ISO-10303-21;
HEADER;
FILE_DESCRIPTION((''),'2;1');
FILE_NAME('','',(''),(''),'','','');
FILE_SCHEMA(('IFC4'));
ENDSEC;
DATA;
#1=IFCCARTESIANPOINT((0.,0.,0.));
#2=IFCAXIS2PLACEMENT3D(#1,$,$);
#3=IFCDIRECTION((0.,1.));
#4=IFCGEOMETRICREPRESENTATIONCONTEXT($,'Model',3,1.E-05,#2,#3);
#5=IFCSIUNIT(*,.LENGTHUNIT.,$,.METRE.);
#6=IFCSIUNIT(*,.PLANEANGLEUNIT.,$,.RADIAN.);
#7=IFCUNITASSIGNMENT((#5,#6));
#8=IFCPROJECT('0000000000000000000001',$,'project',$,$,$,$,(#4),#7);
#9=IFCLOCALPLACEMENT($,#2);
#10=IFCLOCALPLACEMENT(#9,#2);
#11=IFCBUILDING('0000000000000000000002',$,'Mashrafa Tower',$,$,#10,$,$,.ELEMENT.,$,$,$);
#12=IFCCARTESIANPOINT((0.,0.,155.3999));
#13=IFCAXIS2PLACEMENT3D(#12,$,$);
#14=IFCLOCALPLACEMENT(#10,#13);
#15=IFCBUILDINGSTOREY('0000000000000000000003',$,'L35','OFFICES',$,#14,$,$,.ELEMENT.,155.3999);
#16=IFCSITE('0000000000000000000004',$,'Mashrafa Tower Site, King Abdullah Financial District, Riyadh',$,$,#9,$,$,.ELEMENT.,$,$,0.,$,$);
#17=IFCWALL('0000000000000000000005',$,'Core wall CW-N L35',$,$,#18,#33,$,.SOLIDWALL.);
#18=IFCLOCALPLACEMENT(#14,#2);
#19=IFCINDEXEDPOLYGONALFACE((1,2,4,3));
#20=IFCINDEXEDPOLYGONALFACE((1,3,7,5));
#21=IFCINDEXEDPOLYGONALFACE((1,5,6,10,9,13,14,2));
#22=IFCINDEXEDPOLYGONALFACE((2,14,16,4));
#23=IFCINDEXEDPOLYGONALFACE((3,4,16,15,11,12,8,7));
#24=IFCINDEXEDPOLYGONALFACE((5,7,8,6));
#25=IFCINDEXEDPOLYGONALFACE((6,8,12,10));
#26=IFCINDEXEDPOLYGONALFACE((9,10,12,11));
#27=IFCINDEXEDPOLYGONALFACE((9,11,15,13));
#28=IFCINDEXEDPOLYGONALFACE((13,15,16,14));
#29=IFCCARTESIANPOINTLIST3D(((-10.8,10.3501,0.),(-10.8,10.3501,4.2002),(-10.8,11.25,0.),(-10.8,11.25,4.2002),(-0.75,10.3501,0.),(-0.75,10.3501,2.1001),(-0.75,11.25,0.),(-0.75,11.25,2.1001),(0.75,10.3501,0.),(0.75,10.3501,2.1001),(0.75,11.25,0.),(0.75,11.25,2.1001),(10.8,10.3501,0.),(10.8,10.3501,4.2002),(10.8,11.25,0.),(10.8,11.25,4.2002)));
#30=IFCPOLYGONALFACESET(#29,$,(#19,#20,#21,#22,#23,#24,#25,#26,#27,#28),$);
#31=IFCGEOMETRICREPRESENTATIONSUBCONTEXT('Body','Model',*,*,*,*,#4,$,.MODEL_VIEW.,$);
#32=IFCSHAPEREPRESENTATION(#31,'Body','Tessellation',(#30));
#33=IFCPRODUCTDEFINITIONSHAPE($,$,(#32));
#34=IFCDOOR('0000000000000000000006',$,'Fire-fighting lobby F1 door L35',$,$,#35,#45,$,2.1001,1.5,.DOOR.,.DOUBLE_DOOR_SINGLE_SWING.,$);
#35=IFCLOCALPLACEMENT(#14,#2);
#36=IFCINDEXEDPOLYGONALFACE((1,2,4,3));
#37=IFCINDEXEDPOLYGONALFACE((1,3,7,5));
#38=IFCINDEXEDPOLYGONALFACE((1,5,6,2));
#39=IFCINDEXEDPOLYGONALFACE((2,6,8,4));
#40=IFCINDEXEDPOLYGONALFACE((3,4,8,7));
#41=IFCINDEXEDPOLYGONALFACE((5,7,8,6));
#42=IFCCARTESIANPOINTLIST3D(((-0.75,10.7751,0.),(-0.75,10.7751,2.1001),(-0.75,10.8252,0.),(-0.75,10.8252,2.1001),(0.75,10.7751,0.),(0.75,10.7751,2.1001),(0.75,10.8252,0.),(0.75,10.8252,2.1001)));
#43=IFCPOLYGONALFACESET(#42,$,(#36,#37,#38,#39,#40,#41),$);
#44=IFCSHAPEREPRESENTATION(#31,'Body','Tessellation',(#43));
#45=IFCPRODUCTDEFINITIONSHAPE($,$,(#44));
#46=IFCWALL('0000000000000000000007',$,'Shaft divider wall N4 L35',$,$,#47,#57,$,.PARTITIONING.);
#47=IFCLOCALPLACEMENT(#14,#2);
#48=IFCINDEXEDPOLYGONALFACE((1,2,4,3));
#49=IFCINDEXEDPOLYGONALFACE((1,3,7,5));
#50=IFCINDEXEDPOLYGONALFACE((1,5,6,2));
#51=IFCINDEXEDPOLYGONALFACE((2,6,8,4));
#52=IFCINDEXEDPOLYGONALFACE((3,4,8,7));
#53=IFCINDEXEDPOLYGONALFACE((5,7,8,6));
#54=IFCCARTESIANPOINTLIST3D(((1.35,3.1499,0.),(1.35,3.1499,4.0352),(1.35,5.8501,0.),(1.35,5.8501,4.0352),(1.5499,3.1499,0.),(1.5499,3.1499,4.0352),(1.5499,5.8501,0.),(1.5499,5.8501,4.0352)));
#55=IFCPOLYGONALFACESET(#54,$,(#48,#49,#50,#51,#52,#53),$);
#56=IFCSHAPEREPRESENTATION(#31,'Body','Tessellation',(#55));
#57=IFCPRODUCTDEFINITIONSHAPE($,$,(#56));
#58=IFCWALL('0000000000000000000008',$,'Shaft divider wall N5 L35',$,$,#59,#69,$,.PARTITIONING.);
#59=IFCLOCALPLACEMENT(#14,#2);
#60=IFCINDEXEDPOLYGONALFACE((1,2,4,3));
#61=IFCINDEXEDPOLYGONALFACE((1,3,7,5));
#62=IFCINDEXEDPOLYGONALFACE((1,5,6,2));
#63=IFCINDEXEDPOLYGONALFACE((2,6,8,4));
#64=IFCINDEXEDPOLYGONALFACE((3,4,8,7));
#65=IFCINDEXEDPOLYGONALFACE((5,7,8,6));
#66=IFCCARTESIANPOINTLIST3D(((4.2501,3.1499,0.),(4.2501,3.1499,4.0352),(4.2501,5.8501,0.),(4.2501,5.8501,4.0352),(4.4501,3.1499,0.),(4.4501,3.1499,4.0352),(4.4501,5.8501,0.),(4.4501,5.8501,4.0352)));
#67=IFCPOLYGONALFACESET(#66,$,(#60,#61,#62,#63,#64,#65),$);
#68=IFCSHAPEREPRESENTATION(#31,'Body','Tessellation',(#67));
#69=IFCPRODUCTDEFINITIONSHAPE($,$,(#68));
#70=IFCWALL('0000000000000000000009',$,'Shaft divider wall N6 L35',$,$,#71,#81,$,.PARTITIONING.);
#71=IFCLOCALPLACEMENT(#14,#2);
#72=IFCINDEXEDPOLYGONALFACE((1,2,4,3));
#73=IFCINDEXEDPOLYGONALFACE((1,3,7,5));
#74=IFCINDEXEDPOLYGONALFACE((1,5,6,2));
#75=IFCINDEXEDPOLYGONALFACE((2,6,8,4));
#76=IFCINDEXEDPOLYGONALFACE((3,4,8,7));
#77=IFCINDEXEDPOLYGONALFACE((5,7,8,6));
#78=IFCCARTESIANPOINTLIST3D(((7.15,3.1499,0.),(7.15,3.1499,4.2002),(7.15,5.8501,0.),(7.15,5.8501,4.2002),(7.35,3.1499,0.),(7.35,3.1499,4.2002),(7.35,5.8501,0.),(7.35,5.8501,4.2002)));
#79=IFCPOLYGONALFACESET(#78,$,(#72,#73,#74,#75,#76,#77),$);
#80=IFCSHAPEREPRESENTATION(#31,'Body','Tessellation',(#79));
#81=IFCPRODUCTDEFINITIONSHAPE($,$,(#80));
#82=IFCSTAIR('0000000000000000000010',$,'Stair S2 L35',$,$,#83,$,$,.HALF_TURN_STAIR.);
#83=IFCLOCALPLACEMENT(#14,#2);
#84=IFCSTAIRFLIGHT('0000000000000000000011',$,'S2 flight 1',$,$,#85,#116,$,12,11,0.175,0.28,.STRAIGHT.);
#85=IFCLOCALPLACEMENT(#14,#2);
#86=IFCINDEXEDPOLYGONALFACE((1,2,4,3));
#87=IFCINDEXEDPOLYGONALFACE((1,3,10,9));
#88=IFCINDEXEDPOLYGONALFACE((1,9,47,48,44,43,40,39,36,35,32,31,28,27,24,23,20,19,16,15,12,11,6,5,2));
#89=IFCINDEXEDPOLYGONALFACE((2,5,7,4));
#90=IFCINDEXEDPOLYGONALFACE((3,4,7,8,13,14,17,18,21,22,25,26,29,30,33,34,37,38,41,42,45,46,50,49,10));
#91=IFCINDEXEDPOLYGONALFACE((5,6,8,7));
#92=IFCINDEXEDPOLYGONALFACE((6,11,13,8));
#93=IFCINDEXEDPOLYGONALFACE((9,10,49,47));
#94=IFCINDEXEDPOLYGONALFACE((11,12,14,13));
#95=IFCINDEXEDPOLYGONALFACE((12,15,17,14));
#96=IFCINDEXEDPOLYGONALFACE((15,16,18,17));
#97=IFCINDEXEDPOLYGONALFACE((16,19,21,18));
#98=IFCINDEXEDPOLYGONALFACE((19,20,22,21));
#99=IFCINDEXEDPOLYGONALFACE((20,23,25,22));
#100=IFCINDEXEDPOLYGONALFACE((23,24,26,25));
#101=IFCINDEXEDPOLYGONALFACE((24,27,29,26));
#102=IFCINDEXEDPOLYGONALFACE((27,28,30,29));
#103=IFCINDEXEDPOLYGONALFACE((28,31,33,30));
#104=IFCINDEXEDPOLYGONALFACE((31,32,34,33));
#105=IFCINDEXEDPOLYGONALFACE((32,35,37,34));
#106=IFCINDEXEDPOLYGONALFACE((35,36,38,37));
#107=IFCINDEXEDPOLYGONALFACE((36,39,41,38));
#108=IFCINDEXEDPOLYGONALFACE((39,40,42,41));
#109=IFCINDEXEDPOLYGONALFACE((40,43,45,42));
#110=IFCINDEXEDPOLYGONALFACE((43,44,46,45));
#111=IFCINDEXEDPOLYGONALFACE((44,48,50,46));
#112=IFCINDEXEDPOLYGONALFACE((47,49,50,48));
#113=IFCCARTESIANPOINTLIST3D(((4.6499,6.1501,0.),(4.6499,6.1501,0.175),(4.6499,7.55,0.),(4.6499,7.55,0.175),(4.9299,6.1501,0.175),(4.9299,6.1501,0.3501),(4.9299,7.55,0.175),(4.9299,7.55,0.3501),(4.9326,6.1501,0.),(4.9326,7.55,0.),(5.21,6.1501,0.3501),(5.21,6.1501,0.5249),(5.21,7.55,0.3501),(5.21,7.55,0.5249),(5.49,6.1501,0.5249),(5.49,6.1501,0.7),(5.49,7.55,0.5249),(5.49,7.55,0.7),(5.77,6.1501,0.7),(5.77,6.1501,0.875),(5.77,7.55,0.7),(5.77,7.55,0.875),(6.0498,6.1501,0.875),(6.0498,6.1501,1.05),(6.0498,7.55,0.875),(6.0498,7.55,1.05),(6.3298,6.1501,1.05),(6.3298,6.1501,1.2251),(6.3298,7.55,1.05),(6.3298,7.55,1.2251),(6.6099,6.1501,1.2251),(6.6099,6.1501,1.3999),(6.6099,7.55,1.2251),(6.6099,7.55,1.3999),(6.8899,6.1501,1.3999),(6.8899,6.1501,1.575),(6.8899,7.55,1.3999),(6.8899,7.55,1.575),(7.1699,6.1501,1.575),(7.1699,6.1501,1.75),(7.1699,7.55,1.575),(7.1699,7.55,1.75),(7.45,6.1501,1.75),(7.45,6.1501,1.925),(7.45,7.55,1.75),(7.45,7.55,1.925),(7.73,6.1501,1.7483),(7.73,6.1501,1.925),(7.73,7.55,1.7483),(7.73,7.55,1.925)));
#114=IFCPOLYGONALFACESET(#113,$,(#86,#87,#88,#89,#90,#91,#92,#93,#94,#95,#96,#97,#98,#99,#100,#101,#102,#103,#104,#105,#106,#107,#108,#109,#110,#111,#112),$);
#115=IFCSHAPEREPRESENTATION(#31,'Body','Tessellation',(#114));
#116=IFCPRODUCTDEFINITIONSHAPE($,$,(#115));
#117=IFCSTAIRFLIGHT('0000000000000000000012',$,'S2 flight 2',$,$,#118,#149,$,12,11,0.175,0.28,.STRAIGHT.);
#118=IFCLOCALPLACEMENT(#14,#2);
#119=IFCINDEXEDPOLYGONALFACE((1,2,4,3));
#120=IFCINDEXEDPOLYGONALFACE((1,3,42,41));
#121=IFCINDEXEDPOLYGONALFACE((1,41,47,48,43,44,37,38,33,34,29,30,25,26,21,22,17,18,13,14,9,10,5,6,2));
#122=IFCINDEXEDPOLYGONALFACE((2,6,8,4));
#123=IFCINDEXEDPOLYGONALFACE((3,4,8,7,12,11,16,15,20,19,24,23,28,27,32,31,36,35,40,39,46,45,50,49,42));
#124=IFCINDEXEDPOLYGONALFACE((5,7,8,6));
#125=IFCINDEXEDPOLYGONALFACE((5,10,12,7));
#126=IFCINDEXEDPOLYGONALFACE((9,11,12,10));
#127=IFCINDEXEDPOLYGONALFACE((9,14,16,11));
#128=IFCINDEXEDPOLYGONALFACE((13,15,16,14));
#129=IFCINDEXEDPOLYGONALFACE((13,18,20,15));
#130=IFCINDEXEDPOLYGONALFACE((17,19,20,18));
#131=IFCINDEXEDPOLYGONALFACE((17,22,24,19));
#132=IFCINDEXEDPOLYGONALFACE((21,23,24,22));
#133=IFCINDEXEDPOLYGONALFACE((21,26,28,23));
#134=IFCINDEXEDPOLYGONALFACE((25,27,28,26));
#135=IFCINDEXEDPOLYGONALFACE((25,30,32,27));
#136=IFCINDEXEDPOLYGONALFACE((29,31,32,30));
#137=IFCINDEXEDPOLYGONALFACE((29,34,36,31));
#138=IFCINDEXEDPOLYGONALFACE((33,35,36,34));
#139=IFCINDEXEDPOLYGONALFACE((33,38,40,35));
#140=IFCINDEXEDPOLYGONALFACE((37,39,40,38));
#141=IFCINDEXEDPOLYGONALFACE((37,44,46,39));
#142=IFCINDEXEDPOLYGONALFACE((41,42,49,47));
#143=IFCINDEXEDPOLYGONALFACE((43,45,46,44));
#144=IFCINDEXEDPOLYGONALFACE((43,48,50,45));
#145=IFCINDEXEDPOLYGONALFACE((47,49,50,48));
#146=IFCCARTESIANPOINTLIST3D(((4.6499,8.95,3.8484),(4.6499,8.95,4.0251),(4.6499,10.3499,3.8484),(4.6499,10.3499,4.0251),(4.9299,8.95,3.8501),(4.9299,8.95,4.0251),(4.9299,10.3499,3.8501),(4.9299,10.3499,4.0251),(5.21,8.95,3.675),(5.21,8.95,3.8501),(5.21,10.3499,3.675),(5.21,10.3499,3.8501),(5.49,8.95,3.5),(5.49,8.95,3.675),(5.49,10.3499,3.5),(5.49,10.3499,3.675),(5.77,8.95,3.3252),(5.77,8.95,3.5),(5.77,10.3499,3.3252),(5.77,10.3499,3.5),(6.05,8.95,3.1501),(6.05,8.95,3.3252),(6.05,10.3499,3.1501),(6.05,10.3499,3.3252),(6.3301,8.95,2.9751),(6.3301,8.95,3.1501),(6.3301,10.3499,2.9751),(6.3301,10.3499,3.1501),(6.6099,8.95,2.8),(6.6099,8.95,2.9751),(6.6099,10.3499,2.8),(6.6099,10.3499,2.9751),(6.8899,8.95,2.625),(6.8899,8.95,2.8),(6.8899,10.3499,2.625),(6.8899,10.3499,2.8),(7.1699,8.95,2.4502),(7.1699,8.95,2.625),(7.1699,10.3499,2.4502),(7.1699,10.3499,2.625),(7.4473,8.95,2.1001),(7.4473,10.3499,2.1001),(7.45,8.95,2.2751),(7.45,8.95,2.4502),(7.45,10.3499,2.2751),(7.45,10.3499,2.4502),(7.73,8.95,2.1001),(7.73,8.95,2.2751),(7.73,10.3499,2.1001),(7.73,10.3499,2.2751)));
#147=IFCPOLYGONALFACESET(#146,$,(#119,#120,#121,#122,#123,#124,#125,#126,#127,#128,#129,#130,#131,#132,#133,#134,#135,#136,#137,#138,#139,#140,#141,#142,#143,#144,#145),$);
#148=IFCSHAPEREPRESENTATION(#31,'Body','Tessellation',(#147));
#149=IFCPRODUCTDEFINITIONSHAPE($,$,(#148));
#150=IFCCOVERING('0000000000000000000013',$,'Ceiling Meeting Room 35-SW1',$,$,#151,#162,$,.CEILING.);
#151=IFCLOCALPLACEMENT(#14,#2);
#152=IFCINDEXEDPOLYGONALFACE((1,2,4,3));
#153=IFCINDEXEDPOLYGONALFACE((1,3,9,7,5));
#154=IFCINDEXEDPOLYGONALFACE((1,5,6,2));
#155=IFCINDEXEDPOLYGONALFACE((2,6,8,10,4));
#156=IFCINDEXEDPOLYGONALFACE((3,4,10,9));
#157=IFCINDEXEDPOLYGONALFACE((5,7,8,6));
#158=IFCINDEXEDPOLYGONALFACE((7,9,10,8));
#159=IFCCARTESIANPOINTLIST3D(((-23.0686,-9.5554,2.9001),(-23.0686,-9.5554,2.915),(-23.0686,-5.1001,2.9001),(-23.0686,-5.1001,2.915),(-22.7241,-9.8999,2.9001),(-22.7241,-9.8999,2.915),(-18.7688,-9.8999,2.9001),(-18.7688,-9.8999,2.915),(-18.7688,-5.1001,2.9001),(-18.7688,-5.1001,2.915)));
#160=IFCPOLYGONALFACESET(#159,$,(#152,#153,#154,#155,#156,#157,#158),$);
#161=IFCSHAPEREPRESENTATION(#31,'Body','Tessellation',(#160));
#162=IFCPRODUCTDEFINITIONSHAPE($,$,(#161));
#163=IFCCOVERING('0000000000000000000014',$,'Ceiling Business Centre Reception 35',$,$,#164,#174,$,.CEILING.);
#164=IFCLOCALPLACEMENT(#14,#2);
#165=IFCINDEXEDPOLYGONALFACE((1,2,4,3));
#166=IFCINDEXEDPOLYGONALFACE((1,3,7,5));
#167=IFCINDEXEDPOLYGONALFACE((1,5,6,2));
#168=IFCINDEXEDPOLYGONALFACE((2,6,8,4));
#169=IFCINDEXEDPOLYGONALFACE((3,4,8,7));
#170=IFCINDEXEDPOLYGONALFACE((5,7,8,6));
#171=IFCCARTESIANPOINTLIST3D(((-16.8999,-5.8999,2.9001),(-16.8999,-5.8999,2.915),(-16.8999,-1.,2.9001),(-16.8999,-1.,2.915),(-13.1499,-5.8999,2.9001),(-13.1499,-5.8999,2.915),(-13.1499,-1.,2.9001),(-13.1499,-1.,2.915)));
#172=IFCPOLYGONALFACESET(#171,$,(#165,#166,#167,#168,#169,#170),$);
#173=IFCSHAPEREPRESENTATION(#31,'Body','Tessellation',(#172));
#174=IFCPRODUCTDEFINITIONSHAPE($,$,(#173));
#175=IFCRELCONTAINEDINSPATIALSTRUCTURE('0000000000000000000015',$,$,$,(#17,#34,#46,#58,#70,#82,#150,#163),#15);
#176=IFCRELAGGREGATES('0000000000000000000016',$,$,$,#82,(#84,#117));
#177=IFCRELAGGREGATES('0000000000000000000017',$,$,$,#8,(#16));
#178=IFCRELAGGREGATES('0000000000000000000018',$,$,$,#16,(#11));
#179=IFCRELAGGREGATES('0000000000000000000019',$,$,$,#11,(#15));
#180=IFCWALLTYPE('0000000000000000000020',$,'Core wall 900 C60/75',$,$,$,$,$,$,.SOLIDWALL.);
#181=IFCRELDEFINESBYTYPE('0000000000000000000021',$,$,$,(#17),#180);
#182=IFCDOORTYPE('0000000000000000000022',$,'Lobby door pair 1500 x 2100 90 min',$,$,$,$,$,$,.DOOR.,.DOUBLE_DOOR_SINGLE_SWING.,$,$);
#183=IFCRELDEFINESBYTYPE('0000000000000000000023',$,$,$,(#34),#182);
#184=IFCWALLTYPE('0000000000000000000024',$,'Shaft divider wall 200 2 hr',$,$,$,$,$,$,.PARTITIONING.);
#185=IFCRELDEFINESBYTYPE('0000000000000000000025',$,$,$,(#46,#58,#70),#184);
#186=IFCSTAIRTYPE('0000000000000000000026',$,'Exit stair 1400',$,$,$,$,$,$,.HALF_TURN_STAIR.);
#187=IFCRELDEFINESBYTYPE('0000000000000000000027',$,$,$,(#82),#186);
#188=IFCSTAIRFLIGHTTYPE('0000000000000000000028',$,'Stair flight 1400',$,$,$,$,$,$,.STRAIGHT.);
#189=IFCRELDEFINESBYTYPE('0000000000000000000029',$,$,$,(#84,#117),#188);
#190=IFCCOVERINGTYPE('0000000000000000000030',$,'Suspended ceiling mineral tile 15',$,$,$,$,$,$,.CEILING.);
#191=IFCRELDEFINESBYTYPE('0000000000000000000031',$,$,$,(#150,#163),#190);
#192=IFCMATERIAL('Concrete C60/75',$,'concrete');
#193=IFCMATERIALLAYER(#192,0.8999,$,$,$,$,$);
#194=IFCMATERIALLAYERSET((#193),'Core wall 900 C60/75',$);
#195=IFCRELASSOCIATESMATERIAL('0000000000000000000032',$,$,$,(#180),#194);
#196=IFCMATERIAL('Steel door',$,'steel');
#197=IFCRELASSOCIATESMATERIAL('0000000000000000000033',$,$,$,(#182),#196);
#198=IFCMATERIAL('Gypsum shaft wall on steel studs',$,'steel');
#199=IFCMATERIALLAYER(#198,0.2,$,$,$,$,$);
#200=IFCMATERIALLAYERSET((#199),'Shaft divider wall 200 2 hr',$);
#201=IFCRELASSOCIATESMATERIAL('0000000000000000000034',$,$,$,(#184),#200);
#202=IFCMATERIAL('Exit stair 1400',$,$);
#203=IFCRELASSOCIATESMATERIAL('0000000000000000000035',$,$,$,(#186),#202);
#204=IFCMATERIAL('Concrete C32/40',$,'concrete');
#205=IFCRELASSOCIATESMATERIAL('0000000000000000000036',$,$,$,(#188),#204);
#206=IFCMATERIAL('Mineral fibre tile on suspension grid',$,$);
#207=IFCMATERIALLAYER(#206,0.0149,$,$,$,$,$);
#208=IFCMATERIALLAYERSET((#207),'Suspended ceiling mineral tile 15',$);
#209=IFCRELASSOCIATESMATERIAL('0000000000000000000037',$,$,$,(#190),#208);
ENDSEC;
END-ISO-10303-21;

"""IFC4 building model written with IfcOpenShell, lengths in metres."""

from ifc_helpers import new_model, si_unit, direction, frame, frame_2d, origin, place, context, subcontext, project, spatial, polyline, rectangle, outline, extrude, material, layer, layer_set, type_object, element, fill, aggregate, save


model = new_model("IFC4")

# Units and contexts
model_context = context("Model", 3, precision=1e-05, world=origin(), true_north=direction((0.0, 1.0)))
body_context = subcontext(model_context, "Body", "Model", "MODEL_VIEW")
ifc_project = project(units=[si_unit("LENGTHUNIT", "METRE"), si_unit("PLANEANGLEUNIT", "RADIAN")], contexts=[model_context])

# Site, building, storey
site_placement = place(None, origin())
site = spatial("IfcSite", under=ifc_project, at=site_placement, Name="Mashrafa Tower Site, King Abdullah Financial District, Riyadh", CompositionType="ELEMENT", RefElevation=0.0)
building_placement = place(site_placement, origin())
building = spatial("IfcBuilding", under=site, at=building_placement, Name="Mashrafa Tower", CompositionType="ELEMENT")
storey_placement = place(building_placement, frame((0.0, 0.0, 155.3999)))
storey = spatial("IfcBuildingStorey", under=building, at=storey_placement, Name="L35", Description="OFFICES", CompositionType="ELEMENT", Elevation=155.3999)

# Wall, opening, door
ifc_material_1 = material(Name="Concrete C60/75", Category="concrete")
ifc_layer_1 = layer(ifc_material_1, 0.8999)
ifc_layer_set_1 = layer_set([ifc_layer_1], Name="Core wall 900 C60/75")
wall_type_1 = type_object("IfcWallType", Name="Core wall 900 C60/75", PredefinedType="SOLIDWALL", material=ifc_layer_set_1)
wall_1_placement = place(storey_placement, frame((10.8, 10.8, 0.0), z_axis=(0.0, 0.0, 1.0), x_axis=(-1.0, 0.0, 0.0)))
wall_1 = element("IfcWall", 1, at=wall_1_placement, inside=storey, type_object=wall_type_1, Name="Core wall CW-N L35", PredefinedType="SOLIDWALL", context=body_context, shape_type="SweptSolid", body=[
    extrude(rectangle(XDim=21.6001, YDim=0.8999, at=frame_2d((10.8, 0.0))), origin(), (0.0, 0.0, 1.0), 4.2002),
])
opening_1_placement = place(wall_1_placement, frame((10.05, 0.0, 0.0)))
opening_1 = element("IfcOpeningElement", 2, at=opening_1_placement, cuts=wall_1, PredefinedType="OPENING", context=body_context, shape_type="SweptSolid", body=[
    extrude(rectangle(XDim=1.5, YDim=2.1001, at=frame_2d((0.75, 1.05))), frame((0.0, 0.46, 0.0), z_axis=(0.0, -1.0, 0.0), x_axis=(1.0, 0.0, 0.0)), (0.0, 0.0, 1.0), 0.9199),
])
ifc_material_2 = material(Name="Steel door", Category="steel")
door_type_1 = type_object("IfcDoorType", Name="Lobby door pair 1500 x 2100 90 min", OperationType="DOUBLE_DOOR_SINGLE_SWING", PredefinedType="DOOR", material=ifc_material_2)
door_1_placement = place(opening_1_placement, origin())
door_1 = element("IfcDoor", 3, at=door_1_placement, inside=storey, type_object=door_type_1, Name="Fire-fighting lobby F1 door L35", OperationType="DOUBLE_DOOR_SINGLE_SWING", OverallHeight=2.1001, OverallWidth=1.5, PredefinedType="DOOR", context=body_context, shape_type="SweptSolid", body=[
    extrude(rectangle(XDim=1.5, YDim=2.1001, at=frame_2d((0.75, 1.05))), frame((0.0, 0.0249, 0.0), z_axis=(0.0, -1.0, 0.0), x_axis=(1.0, 0.0, 0.0)), (0.0, 0.0, 1.0), 0.05),
])
fill(opening_1, door_1)

# Walls
ifc_material_3 = material(Name="Gypsum shaft wall on steel studs", Category="steel")
ifc_layer_2 = layer(ifc_material_3, 0.2)
ifc_layer_set_2 = layer_set([ifc_layer_2], Name="Shaft divider wall 200 2 hr")
wall_type_2 = type_object("IfcWallType", Name="Shaft divider wall 200 2 hr", PredefinedType="PARTITIONING", material=ifc_layer_set_2)
for number, where, z_axis, x_axis, name in (
    (4, (1.45, 3.1499, 0.0), (0.0, 0.0, 1.0), (0.0, 1.0, 0.0), "Shaft divider wall N4 L35"),
    (5, (4.3501, 3.1499, 0.0), (0.0, 0.0, 1.0), (0.0, 1.0, 0.0), "Shaft divider wall N5 L35"),
):
    element("IfcWall", number, at=place(storey_placement, frame(where, z_axis=z_axis, x_axis=x_axis)), inside=storey, type_object=wall_type_2, Name=name, PredefinedType="PARTITIONING", context=body_context, shape_type="SweptSolid", body=[
        extrude(rectangle(XDim=2.7002, YDim=0.2, at=frame_2d((1.3501, 0.0))), origin(), (0.0, 0.0, 1.0), 4.0352),
    ])
wall_2_placement = place(storey_placement, frame((7.25, 3.1499, 0.0), z_axis=(0.0, 0.0, 1.0), x_axis=(0.0, 1.0, 0.0)))
element("IfcWall", 6, at=wall_2_placement, inside=storey, type_object=wall_type_2, Name="Shaft divider wall N6 L35", PredefinedType="PARTITIONING", context=body_context, shape_type="SweptSolid", body=[
    extrude(rectangle(XDim=2.7002, YDim=0.2, at=frame_2d((1.3501, 0.0))), origin(), (0.0, 0.0, 1.0), 4.2002),
])

# Stair, stair flights
ifc_material_4 = material(Name="Exit stair 1400")
stair_type = type_object("IfcStairType", Name="Exit stair 1400", PredefinedType="HALF_TURN_STAIR", material=ifc_material_4)
stair_placement = place(storey_placement, origin())
stair = element("IfcStair", 7, at=stair_placement, inside=storey, type_object=stair_type, Name="Stair S2 L35", PredefinedType="HALF_TURN_STAIR")
ifc_material_5 = material(Name="Concrete C32/40", Category="concrete")
stair_flight_type = type_object("IfcStairFlightType", Name="Stair flight 1400", PredefinedType="STRAIGHT", material=ifc_material_5)
stair_flight_1_placement = place(storey_placement, frame((4.6499, 6.8501, 0.0), z_axis=(0.0, 0.0, 1.0), x_axis=(1.0, 0.0, 0.0)))
stair_flight_1 = element("IfcStairFlight", 8, at=stair_flight_1_placement, type_object=stair_flight_type, Name="S2 flight 1", NumberOfRisers=12, NumberOfTreads=11, PredefinedType="STRAIGHT", RiserHeight=0.175, TreadLength=0.28, context=body_context, shape_type="SweptSolid", body=[
    extrude(outline(polyline([(0.0, 0.0), (0.0, 0.175), (0.28, 0.175), (0.28, 0.3501), (0.5601, 0.3501), (0.5601, 0.5249), (0.8401, 0.5249), (0.8401, 0.7), (1.1201, 0.7), (1.1201, 0.875), (1.3999, 0.875), (1.3999, 1.05), (1.6799, 1.05), (1.6799, 1.2251), (1.96, 1.2251), (1.96, 1.3999), (2.24, 1.3999), (2.24, 1.575), (2.52, 1.575), (2.52, 1.75), (2.8, 1.75), (2.8, 1.925), (3.0801, 1.925), (3.0801, 2.1001), (3.0801, 1.7483), (0.2827, 0.0), (0.0, 0.0)])), frame((0.0, 0.7, 0.0), z_axis=(0.0, -1.0, 0.0), x_axis=(1.0, 0.0, 0.0)), (0.0, 0.0, 1.0), 1.3999),
])
stair_flight_2_placement = place(storey_placement, frame((7.73, 9.6499, 2.1001), z_axis=(0.0, 0.0, 1.0), x_axis=(-1.0, 0.0, 0.0)))
stair_flight_2 = element("IfcStairFlight", 9, at=stair_flight_2_placement, type_object=stair_flight_type, Name="S2 flight 2", NumberOfRisers=12, NumberOfTreads=11, PredefinedType="STRAIGHT", RiserHeight=0.175, TreadLength=0.28, context=body_context, shape_type="SweptSolid", body=[
    extrude(outline(polyline([(0.0, 0.0), (0.0, 0.175), (0.28, 0.175), (0.28, 0.3501), (0.5601, 0.3501), (0.5601, 0.5249), (0.8401, 0.5249), (0.8401, 0.7), (1.1201, 0.7), (1.1201, 0.875), (1.3999, 0.875), (1.3999, 1.05), (1.6799, 1.05), (1.6799, 1.2251), (1.96, 1.2251), (1.96, 1.3999), (2.24, 1.3999), (2.24, 1.575), (2.52, 1.575), (2.52, 1.75), (2.8, 1.75), (2.8, 1.925), (3.0801, 1.925), (3.0801, 2.1001), (3.0801, 1.7483), (0.2827, 0.0), (0.0, 0.0)])), frame((0.0, 0.7, 0.0), z_axis=(0.0, -1.0, 0.0), x_axis=(1.0, 0.0, 0.0)), (0.0, 0.0, 1.0), 1.3999),
])
aggregate(stair, [stair_flight_1, stair_flight_2])

# Coverings
ifc_material_6 = material(Name="Mineral fibre tile on suspension grid")
ifc_layer_3 = layer(ifc_material_6, 0.0149)
ifc_layer_set_3 = layer_set([ifc_layer_3], Name="Suspended ceiling mineral tile 15")
covering_type = type_object("IfcCoveringType", Name="Suspended ceiling mineral tile 15", PredefinedType="CEILING", material=ifc_layer_set_3)
covering_1_placement = place(storey_placement, frame((0.0, 0.0, 2.9001)))
element("IfcCovering", 10, at=covering_1_placement, inside=storey, type_object=covering_type, Name="Ceiling Meeting Room 35-SW1", PredefinedType="CEILING", context=body_context, shape_type="SweptSolid", body=[
    extrude(outline(polyline([(-18.7688, -5.1001), (-18.7688, -9.8999), (-22.7241, -9.8999), (-23.0686, -9.5554), (-23.0686, -5.1001), (-18.7688, -5.1001)])), origin(), (0.0, 0.0, 1.0), 0.0149),
])
covering_2_placement = place(storey_placement, frame((0.0, 0.0, 2.9001)))
element("IfcCovering", 11, at=covering_2_placement, inside=storey, type_object=covering_type, Name="Ceiling Business Centre Reception 35", PredefinedType="CEILING", context=body_context, shape_type="SweptSolid", body=[
    extrude(outline(polyline([(-16.8999, -1.0), (-13.1499, -1.0), (-13.1499, -5.8999), (-16.8999, -5.8999), (-16.8999, -1.0)])), origin(), (0.0, 0.0, 1.0), 0.0149),
])

save(model, "model.ifc")
